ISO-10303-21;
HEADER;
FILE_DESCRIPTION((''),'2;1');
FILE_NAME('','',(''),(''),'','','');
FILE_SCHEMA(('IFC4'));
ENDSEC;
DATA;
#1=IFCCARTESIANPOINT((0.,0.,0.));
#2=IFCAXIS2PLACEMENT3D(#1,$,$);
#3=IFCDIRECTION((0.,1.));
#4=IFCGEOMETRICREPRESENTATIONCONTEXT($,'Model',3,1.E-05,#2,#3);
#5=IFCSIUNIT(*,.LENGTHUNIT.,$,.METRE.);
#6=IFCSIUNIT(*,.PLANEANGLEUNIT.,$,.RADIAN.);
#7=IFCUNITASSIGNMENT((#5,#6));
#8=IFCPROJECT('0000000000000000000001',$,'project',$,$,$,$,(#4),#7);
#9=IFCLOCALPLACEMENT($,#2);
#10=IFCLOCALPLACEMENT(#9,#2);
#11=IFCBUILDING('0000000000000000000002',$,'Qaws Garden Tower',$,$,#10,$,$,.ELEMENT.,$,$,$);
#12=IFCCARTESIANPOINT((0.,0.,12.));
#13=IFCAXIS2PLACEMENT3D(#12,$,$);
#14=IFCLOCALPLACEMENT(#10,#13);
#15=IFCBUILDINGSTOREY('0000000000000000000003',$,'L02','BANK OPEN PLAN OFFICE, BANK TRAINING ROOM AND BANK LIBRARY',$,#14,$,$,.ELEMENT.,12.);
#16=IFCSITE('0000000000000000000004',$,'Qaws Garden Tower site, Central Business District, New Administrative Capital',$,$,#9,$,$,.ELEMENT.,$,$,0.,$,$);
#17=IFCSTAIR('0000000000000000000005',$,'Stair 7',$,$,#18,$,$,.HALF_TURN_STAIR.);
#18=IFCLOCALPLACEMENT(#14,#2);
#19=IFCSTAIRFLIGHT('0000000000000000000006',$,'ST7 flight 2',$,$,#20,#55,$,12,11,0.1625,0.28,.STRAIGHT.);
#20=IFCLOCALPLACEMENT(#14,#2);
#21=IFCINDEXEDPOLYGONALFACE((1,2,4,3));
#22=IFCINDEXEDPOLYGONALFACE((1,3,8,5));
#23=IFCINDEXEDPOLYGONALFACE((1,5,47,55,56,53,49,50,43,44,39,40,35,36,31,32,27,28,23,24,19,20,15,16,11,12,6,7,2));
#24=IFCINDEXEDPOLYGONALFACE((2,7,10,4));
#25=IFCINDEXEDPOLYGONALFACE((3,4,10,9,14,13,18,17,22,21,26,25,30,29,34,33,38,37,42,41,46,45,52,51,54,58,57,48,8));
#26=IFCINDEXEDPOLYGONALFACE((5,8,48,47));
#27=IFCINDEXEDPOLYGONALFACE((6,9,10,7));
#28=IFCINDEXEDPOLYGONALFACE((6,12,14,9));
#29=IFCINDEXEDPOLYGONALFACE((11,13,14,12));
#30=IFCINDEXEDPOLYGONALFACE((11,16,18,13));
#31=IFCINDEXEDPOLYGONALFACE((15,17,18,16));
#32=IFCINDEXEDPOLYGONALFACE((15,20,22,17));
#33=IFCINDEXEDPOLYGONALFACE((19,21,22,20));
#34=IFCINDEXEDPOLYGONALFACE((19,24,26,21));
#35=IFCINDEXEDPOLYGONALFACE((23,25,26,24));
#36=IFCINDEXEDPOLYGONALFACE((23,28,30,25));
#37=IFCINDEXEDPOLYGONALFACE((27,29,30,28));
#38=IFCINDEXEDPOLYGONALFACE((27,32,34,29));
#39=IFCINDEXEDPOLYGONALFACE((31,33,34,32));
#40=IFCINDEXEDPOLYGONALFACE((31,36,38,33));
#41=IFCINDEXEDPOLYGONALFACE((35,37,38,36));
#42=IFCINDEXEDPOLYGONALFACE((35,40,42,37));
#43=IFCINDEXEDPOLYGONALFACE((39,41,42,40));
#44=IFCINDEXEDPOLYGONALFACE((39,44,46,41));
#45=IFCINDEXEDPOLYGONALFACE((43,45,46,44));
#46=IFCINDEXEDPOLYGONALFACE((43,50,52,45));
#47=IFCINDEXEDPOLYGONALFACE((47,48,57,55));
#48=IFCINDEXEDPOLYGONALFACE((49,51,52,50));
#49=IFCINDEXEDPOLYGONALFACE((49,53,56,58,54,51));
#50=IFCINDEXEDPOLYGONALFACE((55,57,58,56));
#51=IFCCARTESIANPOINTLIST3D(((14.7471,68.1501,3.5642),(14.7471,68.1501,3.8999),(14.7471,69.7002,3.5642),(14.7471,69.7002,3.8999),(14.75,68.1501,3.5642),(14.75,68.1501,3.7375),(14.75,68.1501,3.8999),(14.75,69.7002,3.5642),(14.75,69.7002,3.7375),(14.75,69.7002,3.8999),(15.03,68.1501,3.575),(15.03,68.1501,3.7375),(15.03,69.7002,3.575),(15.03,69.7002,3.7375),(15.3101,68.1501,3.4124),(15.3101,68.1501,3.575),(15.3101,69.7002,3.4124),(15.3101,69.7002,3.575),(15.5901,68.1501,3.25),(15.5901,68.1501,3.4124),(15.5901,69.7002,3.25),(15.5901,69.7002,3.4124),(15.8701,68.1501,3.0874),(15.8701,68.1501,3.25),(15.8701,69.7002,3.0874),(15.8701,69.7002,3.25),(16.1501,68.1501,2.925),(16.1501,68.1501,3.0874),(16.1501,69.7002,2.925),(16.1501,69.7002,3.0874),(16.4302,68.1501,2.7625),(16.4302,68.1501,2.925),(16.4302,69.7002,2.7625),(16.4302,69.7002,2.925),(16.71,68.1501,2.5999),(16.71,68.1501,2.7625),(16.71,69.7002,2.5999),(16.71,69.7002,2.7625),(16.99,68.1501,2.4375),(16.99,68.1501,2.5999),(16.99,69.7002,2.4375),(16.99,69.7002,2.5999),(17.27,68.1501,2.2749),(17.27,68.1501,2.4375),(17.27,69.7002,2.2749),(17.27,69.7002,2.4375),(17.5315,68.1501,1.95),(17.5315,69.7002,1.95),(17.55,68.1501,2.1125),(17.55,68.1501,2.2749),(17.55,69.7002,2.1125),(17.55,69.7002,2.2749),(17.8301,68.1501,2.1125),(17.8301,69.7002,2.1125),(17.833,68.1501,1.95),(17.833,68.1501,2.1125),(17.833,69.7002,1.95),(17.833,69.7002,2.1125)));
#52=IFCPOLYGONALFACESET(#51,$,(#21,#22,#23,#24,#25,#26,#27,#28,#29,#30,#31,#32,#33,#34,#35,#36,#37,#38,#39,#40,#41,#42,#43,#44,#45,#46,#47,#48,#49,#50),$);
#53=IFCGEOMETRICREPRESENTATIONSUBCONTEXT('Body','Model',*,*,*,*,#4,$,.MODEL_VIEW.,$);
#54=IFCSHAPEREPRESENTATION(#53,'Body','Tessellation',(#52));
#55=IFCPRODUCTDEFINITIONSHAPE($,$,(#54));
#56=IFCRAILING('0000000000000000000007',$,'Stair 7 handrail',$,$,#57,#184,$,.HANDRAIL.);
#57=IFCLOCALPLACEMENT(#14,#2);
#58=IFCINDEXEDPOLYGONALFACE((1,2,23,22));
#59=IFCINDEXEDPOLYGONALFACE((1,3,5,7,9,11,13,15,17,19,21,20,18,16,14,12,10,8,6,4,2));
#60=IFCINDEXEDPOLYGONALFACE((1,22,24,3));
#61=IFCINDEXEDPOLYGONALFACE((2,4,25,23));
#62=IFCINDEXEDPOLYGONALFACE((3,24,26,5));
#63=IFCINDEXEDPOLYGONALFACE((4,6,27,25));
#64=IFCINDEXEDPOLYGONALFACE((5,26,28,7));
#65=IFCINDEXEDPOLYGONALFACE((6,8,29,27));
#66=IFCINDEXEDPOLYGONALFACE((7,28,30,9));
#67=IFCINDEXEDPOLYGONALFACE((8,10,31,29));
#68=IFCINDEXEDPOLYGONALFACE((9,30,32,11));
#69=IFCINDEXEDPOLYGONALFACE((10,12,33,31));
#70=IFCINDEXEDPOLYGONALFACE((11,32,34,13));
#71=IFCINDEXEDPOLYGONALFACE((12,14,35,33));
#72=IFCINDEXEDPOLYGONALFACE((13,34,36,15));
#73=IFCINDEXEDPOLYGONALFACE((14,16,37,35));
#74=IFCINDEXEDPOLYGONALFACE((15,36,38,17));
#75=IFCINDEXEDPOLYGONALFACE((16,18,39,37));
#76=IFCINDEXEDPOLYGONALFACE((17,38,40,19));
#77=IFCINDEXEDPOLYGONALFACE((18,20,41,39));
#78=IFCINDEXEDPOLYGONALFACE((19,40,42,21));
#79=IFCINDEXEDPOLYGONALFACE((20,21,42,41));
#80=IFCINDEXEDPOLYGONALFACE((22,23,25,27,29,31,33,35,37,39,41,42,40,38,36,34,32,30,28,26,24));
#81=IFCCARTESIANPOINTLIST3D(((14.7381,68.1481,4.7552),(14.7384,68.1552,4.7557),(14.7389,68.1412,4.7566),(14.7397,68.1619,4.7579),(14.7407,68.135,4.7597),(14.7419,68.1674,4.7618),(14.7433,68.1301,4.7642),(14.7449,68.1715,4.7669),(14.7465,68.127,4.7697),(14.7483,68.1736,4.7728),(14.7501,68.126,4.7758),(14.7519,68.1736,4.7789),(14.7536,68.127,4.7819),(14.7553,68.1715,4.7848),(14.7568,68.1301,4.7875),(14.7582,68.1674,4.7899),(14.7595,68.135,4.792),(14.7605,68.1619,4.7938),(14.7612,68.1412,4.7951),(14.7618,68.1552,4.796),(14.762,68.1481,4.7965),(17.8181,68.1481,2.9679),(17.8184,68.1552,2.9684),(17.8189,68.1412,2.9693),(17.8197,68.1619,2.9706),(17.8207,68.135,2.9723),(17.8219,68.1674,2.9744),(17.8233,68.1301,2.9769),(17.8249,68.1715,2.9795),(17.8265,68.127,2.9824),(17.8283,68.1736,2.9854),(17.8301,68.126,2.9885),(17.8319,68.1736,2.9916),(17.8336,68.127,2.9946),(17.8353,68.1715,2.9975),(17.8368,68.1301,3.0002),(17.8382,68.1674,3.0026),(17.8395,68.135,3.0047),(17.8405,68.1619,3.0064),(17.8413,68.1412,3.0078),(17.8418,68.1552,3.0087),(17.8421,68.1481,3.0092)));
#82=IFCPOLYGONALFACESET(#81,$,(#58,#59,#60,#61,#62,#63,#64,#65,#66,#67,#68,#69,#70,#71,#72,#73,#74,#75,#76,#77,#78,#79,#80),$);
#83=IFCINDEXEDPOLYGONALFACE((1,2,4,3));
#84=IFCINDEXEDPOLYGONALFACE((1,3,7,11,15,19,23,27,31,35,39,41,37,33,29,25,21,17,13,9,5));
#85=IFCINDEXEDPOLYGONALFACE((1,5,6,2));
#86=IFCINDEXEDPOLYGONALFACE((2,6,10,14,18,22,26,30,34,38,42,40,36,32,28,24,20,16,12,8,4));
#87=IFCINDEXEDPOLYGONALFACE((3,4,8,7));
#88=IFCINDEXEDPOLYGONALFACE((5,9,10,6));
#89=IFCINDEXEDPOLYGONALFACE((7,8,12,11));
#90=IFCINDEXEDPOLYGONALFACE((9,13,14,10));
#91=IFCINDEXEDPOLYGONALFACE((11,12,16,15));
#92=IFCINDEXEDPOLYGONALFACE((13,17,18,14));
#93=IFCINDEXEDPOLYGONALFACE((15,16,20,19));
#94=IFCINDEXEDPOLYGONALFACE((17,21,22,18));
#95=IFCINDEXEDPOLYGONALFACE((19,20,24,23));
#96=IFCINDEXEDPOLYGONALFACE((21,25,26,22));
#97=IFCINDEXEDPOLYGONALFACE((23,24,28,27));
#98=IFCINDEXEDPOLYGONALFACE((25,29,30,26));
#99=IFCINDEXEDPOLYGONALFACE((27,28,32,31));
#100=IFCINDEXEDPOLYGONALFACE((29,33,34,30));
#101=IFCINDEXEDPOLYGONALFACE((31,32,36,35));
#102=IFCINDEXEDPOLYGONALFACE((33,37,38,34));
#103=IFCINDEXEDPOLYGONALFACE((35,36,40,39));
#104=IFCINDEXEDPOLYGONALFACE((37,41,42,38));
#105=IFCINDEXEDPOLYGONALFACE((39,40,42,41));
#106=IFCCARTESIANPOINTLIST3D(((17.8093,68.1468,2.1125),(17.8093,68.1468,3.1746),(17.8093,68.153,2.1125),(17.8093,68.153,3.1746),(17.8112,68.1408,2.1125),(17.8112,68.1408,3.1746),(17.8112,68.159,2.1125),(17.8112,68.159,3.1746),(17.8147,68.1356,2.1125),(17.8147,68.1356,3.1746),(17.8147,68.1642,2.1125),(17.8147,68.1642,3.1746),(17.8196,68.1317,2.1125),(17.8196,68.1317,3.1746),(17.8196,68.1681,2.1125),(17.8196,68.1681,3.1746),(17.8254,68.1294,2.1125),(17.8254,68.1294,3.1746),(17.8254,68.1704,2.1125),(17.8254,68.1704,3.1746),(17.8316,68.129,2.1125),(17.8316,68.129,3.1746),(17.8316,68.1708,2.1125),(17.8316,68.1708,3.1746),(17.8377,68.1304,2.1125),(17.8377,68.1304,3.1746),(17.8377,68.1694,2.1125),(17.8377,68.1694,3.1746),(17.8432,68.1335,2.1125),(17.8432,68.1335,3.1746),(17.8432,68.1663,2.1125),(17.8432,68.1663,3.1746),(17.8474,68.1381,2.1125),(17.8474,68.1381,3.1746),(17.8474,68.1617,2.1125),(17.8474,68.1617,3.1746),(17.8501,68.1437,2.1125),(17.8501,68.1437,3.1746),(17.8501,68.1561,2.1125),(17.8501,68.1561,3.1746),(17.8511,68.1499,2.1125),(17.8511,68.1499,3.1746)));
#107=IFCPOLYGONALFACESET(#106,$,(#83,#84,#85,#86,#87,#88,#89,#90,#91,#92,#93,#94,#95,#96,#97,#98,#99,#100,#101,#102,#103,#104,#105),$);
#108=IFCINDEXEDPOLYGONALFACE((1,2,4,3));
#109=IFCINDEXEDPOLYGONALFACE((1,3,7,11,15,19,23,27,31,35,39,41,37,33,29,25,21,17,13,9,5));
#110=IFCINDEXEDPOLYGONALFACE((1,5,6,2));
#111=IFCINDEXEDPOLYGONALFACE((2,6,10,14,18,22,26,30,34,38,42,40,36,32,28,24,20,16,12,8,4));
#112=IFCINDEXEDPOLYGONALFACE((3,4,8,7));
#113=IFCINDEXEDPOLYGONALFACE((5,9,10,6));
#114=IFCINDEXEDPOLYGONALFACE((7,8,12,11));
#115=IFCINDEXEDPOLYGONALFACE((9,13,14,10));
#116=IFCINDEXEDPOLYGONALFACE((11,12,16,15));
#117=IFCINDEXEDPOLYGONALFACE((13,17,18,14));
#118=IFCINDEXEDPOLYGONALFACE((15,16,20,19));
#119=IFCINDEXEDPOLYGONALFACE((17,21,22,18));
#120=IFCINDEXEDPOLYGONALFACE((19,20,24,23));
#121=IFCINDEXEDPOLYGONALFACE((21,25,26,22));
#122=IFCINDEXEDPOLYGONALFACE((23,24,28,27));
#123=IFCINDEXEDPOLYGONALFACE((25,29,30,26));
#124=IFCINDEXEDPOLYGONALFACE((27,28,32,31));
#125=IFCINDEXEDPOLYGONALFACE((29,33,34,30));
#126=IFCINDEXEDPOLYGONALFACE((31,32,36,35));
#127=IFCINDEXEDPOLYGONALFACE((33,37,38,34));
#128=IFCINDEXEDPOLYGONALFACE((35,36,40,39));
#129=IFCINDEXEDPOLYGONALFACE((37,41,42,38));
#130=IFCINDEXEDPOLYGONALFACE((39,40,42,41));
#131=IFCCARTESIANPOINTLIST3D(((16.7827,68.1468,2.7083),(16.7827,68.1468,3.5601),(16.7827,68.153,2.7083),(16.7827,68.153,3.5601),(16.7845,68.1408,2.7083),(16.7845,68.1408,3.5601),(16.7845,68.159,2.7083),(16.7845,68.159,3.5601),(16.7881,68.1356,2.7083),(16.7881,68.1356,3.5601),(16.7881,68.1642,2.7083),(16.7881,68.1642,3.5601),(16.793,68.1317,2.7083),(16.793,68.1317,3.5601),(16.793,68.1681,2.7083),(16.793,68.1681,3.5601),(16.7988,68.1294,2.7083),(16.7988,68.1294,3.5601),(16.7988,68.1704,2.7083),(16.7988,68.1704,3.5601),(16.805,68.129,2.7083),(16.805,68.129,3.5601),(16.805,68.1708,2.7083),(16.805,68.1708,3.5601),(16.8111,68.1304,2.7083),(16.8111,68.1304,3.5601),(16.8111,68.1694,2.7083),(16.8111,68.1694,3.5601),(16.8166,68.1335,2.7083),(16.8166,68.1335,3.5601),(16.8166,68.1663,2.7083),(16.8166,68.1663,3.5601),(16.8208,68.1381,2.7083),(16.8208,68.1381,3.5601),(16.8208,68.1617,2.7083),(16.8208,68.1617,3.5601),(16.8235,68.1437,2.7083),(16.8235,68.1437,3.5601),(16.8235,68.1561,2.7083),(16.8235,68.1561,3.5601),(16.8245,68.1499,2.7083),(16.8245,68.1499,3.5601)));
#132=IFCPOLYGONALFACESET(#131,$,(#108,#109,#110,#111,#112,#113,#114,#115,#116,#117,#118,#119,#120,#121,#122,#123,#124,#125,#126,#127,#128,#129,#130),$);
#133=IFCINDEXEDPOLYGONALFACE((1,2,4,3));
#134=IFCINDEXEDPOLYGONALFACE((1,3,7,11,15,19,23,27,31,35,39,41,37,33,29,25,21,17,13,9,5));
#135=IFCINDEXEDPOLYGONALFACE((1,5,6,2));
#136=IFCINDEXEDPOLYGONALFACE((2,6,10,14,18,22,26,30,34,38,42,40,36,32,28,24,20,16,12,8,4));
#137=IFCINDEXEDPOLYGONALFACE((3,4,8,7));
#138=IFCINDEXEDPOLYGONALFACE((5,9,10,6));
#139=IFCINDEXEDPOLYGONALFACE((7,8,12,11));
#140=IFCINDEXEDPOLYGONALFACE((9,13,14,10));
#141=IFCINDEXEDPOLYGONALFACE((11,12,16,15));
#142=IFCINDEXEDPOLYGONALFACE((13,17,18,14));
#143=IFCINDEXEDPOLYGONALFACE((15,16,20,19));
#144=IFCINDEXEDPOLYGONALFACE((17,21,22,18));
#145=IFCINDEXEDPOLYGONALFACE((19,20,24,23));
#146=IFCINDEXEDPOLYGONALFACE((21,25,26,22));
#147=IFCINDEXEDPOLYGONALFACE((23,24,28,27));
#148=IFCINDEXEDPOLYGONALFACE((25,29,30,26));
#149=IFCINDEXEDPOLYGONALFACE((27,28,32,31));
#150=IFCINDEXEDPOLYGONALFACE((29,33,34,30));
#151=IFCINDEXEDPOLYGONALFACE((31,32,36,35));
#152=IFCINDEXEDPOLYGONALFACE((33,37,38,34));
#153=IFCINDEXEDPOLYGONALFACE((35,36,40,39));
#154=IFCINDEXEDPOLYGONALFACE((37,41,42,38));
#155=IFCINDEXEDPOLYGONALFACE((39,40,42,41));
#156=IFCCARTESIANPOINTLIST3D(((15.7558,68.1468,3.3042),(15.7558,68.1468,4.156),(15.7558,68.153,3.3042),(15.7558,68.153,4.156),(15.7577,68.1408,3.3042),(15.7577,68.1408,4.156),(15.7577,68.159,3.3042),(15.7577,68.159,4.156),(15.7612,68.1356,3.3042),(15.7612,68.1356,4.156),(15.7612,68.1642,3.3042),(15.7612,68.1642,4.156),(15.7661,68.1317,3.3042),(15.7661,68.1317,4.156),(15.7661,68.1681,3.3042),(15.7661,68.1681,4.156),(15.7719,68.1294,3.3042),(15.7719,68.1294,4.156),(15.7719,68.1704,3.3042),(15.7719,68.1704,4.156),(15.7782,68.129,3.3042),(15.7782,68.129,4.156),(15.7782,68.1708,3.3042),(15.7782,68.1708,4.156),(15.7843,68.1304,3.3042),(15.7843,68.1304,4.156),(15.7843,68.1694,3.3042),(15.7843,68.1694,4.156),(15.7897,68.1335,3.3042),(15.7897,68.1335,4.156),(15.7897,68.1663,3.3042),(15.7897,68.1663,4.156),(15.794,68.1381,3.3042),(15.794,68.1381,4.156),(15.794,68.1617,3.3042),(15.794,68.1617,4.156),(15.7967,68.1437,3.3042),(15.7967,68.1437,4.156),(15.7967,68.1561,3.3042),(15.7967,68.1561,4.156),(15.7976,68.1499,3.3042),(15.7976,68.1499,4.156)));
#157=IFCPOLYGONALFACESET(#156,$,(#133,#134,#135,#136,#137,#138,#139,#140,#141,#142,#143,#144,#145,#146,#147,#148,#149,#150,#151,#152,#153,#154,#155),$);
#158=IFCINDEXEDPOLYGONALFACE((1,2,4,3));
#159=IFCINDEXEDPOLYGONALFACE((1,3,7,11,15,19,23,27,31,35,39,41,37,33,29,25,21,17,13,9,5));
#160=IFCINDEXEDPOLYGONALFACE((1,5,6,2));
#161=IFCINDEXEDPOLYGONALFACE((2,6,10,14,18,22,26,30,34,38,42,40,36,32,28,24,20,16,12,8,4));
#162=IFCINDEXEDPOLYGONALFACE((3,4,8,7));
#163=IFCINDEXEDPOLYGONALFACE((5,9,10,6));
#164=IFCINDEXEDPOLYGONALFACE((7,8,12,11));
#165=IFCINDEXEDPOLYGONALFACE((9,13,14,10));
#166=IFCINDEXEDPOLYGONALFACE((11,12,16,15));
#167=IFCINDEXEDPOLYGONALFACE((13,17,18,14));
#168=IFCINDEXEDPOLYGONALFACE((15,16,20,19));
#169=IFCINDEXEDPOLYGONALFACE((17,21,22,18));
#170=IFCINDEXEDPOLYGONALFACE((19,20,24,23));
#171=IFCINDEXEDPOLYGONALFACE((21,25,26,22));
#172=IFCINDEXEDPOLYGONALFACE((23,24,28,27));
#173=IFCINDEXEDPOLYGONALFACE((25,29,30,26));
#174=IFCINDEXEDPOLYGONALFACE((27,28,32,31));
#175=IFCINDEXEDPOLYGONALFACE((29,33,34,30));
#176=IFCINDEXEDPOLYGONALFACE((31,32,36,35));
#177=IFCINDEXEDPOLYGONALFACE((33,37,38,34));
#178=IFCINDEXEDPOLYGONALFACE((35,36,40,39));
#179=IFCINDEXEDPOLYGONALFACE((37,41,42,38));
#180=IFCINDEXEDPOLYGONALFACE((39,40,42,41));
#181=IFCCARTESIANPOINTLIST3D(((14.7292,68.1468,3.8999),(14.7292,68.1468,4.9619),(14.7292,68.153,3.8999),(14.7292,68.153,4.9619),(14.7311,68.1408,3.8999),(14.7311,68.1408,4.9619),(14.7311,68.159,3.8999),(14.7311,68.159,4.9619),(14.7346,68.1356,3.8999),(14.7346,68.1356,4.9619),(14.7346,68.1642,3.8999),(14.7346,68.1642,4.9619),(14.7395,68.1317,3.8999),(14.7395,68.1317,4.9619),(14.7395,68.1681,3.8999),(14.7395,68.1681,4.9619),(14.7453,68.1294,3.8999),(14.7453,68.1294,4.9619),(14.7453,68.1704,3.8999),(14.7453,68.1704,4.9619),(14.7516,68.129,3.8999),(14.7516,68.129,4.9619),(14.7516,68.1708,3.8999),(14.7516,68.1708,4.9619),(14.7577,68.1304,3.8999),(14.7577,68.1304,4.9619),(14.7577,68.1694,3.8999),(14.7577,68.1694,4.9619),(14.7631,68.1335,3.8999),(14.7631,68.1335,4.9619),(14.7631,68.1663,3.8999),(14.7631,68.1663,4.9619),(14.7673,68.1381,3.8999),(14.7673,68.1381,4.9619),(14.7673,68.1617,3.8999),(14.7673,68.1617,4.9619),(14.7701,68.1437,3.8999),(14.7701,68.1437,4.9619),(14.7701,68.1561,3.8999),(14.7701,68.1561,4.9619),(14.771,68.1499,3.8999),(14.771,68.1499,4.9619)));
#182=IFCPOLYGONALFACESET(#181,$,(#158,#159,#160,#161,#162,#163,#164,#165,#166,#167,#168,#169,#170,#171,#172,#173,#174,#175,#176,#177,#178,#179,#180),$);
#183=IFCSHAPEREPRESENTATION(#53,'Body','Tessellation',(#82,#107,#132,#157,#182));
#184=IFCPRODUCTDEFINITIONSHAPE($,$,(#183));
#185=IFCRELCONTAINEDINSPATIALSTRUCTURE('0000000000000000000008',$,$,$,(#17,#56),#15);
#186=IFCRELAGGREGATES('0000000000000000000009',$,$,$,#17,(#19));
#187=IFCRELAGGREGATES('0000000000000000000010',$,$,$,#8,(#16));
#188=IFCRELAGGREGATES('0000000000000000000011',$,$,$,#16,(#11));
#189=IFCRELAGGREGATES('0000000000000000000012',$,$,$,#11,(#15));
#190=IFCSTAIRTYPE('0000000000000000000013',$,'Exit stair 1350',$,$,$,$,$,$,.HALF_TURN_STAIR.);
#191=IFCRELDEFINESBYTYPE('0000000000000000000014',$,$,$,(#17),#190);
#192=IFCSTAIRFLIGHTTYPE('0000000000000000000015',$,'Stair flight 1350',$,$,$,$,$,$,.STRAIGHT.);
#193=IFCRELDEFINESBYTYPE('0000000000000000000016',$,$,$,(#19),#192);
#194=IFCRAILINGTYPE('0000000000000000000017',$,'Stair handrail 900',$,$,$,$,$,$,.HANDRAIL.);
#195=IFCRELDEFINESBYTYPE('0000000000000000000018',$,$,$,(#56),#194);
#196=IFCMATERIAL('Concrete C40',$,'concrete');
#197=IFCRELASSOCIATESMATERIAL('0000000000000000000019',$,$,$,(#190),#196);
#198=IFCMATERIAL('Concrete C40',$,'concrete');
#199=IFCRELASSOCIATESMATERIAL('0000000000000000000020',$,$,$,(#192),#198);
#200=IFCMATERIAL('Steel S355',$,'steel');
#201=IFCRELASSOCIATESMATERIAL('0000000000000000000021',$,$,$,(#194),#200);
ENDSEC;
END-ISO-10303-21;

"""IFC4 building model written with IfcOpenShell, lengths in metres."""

from ifc_helpers import new_model, si_unit, direction, frame, origin, origin_2d, place, context, subcontext, project, spatial, polyline, circle, outline, extrude, material, type_object, element, aggregate, save


model = new_model("IFC4")

# Units and contexts
model_context = context("Model", 3, precision=1e-05, world=origin(), true_north=direction((0.0, 1.0)))
body_context = subcontext(model_context, "Body", "Model", "MODEL_VIEW")
ifc_project = project(units=[si_unit("LENGTHUNIT", "METRE"), si_unit("PLANEANGLEUNIT", "RADIAN")], contexts=[model_context])

# Site, building, storey
site_placement = place(None, origin())
site = spatial("IfcSite", under=ifc_project, at=site_placement, Name="Qaws Garden Tower site, Central Business District, New Administrative Capital", CompositionType="ELEMENT", RefElevation=0.0)
building_placement = place(site_placement, origin())
building = spatial("IfcBuilding", under=site, at=building_placement, Name="Qaws Garden Tower", CompositionType="ELEMENT")
storey_placement = place(building_placement, frame((0.0, 0.0, 12.0)))
storey = spatial("IfcBuildingStorey", under=building, at=storey_placement, Name="L02", Description="BANK OPEN PLAN OFFICE, BANK TRAINING ROOM AND BANK LIBRARY", CompositionType="ELEMENT", Elevation=12.0)

# Stair, stair flight
ifc_material_1 = material(Name="Concrete C40", Category="concrete")
stair_type = type_object("IfcStairType", Name="Exit stair 1350", PredefinedType="HALF_TURN_STAIR", material=ifc_material_1)
stair_placement = place(storey_placement, origin())
stair = element("IfcStair", 1, at=stair_placement, inside=storey, type_object=stair_type, Name="Stair 7", PredefinedType="HALF_TURN_STAIR")
ifc_material_2 = material(Name="Concrete C40", Category="concrete")
stair_flight_type = type_object("IfcStairFlightType", Name="Stair flight 1350", PredefinedType="STRAIGHT", material=ifc_material_2)
stair_flight_placement = place(storey_placement, frame((17.8301, 68.925, 1.95), z_axis=(0.0, 0.0, 1.0), x_axis=(-1.0, 0.0, 0.0)))
stair_flight = element("IfcStairFlight", 2, at=stair_flight_placement, type_object=stair_flight_type, Name="ST7 flight 2", NumberOfRisers=12, NumberOfTreads=11, PredefinedType="STRAIGHT", RiserHeight=0.1625, TreadLength=0.28, context=body_context, shape_type="SweptSolid", body=[
    extrude(outline(polyline([(-0.0029, 0.0), (-0.0029, 0.1626), (0.0, 0.1626), (0.28, 0.1626), (0.28, 0.325), (0.5601, 0.325), (0.5601, 0.4875), (0.8401, 0.4875), (0.8401, 0.6499), (1.1201, 0.6499), (1.1201, 0.8125), (1.3999, 0.8125), (1.3999, 0.9751), (1.6799, 0.9751), (1.6799, 1.1375), (1.96, 1.1375), (1.96, 1.3), (2.24, 1.3), (2.24, 1.4624), (2.52, 1.4624), (2.52, 1.625), (2.8, 1.625), (2.8, 1.7876), (3.0801, 1.7876), (3.0801, 1.95), (3.083, 1.95), (3.083, 1.6143), (3.0801, 1.6143), (0.2986, 0.0), (-0.0029, 0.0)])), frame((0.0, 0.7749, 0.0), z_axis=(0.0, -1.0, 0.0), x_axis=(1.0, 0.0, 0.0)), (0.0, 0.0, 1.0), 1.55),
])
aggregate(stair, [stair_flight])

# Railing
ifc_material_3 = material(Name="Steel S355", Category="steel")
railing_type = type_object("IfcRailingType", Name="Stair handrail 900", PredefinedType="HANDRAIL", material=ifc_material_3)
railing_placement = place(storey_placement, frame((17.8301, 68.1499, 2.1125)))
element("IfcRailing", 3, at=railing_placement, inside=storey, type_object=railing_type, Name="Stair 7 handrail", PredefinedType="HANDRAIL", context=body_context, shape_type="SweptSolid", body=[
    extrude(circle(Radius=0.0239, at=origin_2d()), frame((0.0, 0.0, 0.876), z_axis=(-0.86492, 0.0, 0.501909), x_axis=(0.0, -1.0, 0.0)), (0.0, 0.0, 1.0), 3.561),
    extrude(circle(Radius=0.021, at=origin_2d()), origin(), (0.0, 0.0, 1.0), 1.062),
    extrude(circle(Radius=0.021, at=origin_2d()), frame((-1.0266, 0.0, 0.5957)), (0.0, 0.0, 1.0), 0.8518),
    extrude(circle(Radius=0.021, at=origin_2d()), frame((-2.0535, 0.0, 1.1917)), (0.0, 0.0, 1.0), 0.8518),
    extrude(circle(Radius=0.021, at=origin_2d()), frame((-3.0801, 0.0, 1.7874)), (0.0, 0.0, 1.0), 1.062),
])

save(model, "model.ifc")
